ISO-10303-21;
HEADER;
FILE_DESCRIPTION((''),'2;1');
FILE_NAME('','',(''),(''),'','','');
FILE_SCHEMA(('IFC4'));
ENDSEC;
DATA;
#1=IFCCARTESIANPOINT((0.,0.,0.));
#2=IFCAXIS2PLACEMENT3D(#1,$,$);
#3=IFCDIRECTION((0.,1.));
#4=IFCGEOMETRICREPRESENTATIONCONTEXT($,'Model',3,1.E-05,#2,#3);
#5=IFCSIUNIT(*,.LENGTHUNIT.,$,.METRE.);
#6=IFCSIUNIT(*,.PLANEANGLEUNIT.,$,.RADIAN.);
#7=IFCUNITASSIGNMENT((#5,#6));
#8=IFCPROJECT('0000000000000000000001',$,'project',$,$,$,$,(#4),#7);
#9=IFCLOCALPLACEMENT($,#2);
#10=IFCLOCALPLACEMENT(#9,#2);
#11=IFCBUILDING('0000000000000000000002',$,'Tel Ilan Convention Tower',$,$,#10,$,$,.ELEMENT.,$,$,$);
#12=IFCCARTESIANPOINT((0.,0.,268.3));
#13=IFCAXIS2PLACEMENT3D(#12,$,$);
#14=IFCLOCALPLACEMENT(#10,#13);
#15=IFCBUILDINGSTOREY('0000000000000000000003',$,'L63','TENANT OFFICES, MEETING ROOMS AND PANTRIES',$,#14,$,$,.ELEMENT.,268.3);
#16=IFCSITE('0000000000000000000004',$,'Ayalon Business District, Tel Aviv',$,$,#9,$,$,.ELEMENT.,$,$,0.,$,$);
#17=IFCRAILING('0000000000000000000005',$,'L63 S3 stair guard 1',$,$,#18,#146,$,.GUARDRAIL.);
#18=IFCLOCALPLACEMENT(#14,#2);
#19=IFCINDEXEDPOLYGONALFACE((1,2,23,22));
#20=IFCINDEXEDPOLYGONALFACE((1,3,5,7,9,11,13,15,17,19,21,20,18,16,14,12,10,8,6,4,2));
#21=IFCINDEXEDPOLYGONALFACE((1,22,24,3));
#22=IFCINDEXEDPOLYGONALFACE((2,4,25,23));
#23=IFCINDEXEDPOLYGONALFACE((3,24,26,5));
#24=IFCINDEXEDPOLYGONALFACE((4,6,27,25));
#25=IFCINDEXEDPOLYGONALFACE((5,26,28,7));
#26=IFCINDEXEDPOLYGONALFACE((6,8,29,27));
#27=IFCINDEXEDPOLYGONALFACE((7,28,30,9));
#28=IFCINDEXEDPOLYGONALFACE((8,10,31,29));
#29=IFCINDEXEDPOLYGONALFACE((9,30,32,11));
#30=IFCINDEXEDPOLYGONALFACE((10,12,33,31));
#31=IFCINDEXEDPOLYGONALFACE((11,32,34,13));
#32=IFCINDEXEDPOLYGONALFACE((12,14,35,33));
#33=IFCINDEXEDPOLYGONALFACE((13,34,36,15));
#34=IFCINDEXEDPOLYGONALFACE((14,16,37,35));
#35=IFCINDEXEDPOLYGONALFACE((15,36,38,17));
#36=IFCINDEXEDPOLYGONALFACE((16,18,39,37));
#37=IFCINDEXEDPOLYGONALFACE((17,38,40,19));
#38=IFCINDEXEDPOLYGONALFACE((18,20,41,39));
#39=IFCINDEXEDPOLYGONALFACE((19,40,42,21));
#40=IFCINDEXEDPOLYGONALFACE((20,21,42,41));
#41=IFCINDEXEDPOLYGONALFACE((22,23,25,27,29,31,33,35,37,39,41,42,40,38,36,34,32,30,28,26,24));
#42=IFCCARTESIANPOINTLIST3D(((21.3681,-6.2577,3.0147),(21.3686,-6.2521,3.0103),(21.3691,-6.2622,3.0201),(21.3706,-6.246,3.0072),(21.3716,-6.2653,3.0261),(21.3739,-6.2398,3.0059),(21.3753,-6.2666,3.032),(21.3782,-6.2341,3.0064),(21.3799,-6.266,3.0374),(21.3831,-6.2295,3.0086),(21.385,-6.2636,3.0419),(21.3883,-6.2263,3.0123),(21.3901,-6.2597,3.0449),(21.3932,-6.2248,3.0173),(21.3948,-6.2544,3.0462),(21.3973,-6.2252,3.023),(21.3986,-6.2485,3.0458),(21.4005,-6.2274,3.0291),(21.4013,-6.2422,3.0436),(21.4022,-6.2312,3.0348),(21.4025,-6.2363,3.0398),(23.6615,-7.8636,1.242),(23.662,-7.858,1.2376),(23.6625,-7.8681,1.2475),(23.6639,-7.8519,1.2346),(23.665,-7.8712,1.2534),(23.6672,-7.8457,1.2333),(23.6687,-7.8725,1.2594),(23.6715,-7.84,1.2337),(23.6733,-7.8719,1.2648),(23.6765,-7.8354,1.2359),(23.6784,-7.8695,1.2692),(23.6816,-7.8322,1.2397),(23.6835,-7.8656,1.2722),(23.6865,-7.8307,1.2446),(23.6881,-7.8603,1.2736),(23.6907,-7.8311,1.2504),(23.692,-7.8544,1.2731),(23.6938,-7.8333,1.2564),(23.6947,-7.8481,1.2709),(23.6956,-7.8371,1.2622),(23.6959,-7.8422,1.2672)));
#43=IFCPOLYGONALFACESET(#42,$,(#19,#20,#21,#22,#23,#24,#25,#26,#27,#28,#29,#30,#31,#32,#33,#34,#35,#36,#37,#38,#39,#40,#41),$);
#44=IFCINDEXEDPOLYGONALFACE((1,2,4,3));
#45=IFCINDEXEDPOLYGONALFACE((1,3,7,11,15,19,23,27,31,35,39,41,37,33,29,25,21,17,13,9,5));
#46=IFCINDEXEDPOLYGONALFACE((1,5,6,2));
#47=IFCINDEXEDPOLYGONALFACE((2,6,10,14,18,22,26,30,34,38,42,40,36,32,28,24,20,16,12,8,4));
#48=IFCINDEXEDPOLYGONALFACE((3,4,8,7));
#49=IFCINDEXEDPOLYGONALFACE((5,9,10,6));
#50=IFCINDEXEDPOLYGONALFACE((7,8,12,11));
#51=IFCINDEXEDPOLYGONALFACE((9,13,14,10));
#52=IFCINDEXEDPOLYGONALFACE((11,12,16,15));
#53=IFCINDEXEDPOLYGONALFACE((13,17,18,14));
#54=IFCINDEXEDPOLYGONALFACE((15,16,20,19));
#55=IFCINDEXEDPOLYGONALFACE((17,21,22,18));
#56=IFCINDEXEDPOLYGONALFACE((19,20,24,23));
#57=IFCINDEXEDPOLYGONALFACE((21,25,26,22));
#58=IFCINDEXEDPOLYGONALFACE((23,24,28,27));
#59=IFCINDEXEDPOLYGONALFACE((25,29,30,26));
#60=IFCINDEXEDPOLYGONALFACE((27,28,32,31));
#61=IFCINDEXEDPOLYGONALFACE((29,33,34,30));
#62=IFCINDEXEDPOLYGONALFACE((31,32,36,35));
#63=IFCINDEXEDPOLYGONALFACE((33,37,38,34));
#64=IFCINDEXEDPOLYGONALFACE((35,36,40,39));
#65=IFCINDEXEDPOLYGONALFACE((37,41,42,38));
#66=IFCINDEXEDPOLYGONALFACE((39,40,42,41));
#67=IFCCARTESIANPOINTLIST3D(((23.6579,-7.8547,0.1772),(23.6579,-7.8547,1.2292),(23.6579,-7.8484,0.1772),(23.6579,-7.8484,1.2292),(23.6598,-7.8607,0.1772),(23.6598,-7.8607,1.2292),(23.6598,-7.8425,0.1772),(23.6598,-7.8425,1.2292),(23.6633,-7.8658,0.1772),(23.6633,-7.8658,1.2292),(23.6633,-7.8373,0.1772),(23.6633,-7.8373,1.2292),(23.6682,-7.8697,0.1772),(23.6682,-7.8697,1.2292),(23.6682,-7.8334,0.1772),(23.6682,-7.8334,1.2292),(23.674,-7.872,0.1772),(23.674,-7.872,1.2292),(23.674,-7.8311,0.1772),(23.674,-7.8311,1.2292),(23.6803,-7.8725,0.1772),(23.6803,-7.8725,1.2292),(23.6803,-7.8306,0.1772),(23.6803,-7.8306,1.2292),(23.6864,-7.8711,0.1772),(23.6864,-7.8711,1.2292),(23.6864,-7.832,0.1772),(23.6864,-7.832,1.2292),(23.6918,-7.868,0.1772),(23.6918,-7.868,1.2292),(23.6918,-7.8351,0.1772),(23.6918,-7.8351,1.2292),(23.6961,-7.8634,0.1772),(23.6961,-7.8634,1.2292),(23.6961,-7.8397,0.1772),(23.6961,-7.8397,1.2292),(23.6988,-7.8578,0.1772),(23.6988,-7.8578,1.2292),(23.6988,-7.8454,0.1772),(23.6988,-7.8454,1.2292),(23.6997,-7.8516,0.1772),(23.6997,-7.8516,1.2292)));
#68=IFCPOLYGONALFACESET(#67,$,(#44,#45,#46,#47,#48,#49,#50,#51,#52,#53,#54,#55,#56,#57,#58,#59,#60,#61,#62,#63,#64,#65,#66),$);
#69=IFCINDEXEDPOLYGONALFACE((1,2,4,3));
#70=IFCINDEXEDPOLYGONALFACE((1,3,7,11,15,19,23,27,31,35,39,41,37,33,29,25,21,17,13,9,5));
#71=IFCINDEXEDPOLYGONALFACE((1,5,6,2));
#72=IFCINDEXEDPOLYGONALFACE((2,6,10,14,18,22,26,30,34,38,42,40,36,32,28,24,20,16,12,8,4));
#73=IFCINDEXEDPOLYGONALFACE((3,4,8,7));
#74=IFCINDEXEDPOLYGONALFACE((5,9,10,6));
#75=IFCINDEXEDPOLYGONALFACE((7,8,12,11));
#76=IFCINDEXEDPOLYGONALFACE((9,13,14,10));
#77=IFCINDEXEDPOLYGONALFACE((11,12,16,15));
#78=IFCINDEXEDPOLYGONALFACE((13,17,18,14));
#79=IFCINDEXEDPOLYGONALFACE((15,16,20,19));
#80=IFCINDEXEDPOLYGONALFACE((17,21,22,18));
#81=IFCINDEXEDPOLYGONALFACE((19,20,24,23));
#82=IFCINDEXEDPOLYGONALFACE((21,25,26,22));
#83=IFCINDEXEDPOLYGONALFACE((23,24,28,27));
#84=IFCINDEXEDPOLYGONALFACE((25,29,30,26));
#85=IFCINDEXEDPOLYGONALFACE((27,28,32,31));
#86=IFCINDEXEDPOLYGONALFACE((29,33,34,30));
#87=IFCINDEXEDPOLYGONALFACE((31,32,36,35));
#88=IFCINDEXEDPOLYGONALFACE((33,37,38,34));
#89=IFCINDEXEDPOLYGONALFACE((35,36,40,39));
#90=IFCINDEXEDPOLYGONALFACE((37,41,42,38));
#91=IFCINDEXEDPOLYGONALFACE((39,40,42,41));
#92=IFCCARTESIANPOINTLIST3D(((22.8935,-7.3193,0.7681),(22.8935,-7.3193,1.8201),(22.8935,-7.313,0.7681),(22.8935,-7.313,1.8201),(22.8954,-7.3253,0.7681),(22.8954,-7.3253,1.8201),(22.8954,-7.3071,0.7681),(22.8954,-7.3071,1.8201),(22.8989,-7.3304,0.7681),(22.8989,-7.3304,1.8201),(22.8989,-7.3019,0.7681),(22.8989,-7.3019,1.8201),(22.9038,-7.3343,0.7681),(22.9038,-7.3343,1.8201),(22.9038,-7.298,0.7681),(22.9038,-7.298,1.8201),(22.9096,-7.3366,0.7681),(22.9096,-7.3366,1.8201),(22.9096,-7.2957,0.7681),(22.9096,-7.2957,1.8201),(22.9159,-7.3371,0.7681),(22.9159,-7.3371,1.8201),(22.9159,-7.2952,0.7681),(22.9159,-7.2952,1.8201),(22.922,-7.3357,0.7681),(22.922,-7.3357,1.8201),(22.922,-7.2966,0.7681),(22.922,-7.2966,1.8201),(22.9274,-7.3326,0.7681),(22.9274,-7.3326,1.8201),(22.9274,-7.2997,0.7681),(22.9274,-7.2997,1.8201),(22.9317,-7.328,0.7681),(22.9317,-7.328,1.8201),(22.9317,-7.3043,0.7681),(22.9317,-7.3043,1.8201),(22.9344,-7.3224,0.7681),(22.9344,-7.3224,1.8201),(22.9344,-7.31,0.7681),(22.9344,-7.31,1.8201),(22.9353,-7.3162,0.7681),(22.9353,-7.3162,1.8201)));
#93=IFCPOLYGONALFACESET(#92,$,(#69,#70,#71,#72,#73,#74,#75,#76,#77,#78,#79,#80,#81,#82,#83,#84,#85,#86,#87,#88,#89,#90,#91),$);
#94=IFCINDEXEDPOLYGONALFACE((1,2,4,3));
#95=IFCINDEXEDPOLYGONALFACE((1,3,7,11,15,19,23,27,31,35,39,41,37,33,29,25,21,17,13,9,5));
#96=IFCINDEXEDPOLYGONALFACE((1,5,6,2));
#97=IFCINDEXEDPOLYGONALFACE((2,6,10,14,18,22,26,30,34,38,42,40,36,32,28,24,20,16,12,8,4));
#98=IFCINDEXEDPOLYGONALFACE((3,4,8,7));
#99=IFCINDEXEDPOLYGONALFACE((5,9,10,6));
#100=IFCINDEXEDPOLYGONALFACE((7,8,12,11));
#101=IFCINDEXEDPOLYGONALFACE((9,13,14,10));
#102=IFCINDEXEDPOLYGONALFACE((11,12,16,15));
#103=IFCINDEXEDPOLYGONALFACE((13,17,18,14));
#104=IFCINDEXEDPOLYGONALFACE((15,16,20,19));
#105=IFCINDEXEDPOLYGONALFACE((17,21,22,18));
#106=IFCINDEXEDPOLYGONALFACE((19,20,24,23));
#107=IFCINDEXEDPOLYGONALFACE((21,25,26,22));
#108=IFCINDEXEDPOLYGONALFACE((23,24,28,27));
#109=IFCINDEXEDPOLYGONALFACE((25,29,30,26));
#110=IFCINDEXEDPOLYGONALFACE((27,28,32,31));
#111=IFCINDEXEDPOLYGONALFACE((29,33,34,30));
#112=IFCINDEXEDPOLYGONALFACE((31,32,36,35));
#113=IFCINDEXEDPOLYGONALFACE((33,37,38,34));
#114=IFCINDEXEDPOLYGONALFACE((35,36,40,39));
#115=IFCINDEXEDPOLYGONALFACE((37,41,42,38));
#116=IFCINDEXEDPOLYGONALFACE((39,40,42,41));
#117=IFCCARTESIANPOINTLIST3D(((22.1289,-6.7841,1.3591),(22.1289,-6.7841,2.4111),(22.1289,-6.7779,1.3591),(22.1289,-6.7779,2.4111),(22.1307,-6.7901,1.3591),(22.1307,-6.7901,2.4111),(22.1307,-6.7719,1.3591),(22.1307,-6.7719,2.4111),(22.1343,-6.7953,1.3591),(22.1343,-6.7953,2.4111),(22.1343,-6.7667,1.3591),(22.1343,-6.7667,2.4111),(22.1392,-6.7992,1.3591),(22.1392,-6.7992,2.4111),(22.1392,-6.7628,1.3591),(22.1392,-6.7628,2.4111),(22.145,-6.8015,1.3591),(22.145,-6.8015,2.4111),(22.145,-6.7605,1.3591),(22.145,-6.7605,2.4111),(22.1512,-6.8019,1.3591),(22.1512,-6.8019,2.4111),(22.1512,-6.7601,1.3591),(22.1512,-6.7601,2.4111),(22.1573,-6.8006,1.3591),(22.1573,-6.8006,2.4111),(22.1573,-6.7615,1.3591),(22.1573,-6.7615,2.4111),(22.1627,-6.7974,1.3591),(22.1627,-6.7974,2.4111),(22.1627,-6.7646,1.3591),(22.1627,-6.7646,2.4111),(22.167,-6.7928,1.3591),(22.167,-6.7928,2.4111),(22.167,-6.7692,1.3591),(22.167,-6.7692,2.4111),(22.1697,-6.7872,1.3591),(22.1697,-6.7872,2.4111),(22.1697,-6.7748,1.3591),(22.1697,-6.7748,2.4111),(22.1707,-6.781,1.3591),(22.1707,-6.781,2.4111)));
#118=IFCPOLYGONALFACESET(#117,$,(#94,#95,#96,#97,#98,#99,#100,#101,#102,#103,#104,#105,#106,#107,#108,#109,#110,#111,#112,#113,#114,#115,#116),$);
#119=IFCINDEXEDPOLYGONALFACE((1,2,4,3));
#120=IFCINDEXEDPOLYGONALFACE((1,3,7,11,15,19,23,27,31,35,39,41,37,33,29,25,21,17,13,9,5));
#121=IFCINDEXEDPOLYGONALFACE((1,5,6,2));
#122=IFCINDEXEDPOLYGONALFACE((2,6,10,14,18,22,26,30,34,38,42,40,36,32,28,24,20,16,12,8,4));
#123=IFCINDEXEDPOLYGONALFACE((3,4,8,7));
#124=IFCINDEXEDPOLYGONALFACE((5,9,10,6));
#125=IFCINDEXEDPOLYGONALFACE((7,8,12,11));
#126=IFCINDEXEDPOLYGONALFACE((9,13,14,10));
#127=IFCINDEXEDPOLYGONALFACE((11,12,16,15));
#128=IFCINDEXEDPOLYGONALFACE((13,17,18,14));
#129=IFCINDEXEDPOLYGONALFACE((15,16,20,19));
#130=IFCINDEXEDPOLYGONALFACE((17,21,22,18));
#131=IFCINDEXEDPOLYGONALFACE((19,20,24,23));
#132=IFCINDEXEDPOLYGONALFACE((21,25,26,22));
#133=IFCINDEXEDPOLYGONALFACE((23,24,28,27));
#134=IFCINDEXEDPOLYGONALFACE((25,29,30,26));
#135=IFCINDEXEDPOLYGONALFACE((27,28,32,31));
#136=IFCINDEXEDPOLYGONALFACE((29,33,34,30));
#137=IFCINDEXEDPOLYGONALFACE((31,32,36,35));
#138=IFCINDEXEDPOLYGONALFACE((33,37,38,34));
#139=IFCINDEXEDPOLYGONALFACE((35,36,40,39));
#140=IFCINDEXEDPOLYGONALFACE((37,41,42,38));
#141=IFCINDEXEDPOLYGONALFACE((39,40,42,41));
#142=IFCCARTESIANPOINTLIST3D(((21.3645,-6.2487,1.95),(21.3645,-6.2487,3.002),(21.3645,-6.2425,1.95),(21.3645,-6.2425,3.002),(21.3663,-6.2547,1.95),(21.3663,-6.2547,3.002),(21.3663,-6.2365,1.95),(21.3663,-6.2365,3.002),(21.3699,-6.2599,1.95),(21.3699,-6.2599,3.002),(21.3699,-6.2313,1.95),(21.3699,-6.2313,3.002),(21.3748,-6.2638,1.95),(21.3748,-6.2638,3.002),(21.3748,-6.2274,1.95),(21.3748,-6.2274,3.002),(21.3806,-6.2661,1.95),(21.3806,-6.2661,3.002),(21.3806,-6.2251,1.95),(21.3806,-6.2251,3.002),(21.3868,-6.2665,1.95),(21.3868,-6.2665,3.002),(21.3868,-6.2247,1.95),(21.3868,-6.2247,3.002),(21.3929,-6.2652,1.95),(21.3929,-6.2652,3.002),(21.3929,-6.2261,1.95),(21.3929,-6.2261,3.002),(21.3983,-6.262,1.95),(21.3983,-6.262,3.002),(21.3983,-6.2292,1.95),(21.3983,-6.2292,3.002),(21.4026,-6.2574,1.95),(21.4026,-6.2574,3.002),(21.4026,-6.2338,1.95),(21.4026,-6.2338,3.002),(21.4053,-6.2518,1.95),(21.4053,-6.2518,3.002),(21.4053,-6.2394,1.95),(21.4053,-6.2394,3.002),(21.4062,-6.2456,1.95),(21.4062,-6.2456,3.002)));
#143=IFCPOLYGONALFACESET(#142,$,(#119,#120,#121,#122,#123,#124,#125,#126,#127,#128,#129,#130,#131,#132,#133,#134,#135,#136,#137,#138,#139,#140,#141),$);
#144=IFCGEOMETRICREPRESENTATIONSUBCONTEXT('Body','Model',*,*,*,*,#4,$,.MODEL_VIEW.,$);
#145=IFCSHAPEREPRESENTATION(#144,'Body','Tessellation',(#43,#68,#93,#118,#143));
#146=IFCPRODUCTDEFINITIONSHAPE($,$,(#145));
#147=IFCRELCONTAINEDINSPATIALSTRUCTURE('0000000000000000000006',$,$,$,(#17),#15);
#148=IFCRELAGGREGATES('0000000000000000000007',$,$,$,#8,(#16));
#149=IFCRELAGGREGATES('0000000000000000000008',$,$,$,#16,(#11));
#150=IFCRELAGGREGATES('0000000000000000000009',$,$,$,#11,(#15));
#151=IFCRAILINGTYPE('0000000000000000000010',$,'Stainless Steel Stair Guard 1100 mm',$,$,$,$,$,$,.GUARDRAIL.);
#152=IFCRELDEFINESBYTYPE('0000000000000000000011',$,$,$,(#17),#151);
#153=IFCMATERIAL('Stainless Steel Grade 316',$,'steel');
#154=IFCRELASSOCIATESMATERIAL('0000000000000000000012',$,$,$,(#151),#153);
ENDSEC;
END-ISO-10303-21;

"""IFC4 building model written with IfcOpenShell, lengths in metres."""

from ifc_helpers import new_model, si_unit, direction, frame, origin, origin_2d, place, context, subcontext, project, spatial, circle, extrude, material, type_object, element, save


model = new_model("IFC4")

# Units and contexts
model_context = context("Model", 3, precision=1e-05, world=origin(), true_north=direction((0.0, 1.0)))
body_context = subcontext(model_context, "Body", "Model", "MODEL_VIEW")
ifc_project = project(units=[si_unit("LENGTHUNIT", "METRE"), si_unit("PLANEANGLEUNIT", "RADIAN")], contexts=[model_context])

# Site, building, storey
site_placement = place(None, origin())
site = spatial("IfcSite", under=ifc_project, at=site_placement, Name="Ayalon Business District, Tel Aviv", CompositionType="ELEMENT", RefElevation=0.0)
building_placement = place(site_placement, origin())
building = spatial("IfcBuilding", under=site, at=building_placement, Name="Tel Ilan Convention Tower", CompositionType="ELEMENT")
storey_placement = place(building_placement, frame((0.0, 0.0, 268.3)))
storey = spatial("IfcBuildingStorey", under=building, at=storey_placement, Name="L63", Description="TENANT OFFICES, MEETING ROOMS AND PANTRIES", CompositionType="ELEMENT", Elevation=268.3)

# Railing
ifc_material_1 = material(Name="Stainless Steel Grade 316", Category="steel")
railing_type_1 = type_object("IfcRailingType", Name="Stainless Steel Stair Guard 1100 mm", PredefinedType="GUARDRAIL", material=ifc_material_1)
railing_1_placement = place(storey_placement, frame((23.6787, -7.8516, 0.1772)))
element("IfcRailing", 1, at=railing_1_placement, inside=storey, type_object=railing_type_1, Name="L63 S3 stair guard 1", PredefinedType="GUARDRAIL", context=body_context, shape_type="SweptSolid", body=[
    extrude(circle(Radius=0.0239, at=origin_2d()), frame((0.0, 0.0, 1.0762), z_axis=(-0.692085, 0.484621, 0.53494), x_axis=(-0.573591, -0.819142, 0.0)), (0.0, 0.0, 1.0), 3.3137),
    extrude(circle(Radius=0.021, at=origin_2d()), origin(), (0.0, 0.0, 1.0), 1.052),
    extrude(circle(Radius=0.021, at=origin_2d()), frame((-0.7644, 0.5354, 0.5908)), (0.0, 0.0, 1.0), 1.052),
    extrude(circle(Radius=0.021, at=origin_2d()), frame((-1.5291, 1.0706, 1.1819)), (0.0, 0.0, 1.0), 1.052),
    extrude(circle(Radius=0.021, at=origin_2d()), frame((-2.2935, 1.606, 1.7727)), (0.0, 0.0, 1.0), 1.052),
])

save(model, "model.ifc")
